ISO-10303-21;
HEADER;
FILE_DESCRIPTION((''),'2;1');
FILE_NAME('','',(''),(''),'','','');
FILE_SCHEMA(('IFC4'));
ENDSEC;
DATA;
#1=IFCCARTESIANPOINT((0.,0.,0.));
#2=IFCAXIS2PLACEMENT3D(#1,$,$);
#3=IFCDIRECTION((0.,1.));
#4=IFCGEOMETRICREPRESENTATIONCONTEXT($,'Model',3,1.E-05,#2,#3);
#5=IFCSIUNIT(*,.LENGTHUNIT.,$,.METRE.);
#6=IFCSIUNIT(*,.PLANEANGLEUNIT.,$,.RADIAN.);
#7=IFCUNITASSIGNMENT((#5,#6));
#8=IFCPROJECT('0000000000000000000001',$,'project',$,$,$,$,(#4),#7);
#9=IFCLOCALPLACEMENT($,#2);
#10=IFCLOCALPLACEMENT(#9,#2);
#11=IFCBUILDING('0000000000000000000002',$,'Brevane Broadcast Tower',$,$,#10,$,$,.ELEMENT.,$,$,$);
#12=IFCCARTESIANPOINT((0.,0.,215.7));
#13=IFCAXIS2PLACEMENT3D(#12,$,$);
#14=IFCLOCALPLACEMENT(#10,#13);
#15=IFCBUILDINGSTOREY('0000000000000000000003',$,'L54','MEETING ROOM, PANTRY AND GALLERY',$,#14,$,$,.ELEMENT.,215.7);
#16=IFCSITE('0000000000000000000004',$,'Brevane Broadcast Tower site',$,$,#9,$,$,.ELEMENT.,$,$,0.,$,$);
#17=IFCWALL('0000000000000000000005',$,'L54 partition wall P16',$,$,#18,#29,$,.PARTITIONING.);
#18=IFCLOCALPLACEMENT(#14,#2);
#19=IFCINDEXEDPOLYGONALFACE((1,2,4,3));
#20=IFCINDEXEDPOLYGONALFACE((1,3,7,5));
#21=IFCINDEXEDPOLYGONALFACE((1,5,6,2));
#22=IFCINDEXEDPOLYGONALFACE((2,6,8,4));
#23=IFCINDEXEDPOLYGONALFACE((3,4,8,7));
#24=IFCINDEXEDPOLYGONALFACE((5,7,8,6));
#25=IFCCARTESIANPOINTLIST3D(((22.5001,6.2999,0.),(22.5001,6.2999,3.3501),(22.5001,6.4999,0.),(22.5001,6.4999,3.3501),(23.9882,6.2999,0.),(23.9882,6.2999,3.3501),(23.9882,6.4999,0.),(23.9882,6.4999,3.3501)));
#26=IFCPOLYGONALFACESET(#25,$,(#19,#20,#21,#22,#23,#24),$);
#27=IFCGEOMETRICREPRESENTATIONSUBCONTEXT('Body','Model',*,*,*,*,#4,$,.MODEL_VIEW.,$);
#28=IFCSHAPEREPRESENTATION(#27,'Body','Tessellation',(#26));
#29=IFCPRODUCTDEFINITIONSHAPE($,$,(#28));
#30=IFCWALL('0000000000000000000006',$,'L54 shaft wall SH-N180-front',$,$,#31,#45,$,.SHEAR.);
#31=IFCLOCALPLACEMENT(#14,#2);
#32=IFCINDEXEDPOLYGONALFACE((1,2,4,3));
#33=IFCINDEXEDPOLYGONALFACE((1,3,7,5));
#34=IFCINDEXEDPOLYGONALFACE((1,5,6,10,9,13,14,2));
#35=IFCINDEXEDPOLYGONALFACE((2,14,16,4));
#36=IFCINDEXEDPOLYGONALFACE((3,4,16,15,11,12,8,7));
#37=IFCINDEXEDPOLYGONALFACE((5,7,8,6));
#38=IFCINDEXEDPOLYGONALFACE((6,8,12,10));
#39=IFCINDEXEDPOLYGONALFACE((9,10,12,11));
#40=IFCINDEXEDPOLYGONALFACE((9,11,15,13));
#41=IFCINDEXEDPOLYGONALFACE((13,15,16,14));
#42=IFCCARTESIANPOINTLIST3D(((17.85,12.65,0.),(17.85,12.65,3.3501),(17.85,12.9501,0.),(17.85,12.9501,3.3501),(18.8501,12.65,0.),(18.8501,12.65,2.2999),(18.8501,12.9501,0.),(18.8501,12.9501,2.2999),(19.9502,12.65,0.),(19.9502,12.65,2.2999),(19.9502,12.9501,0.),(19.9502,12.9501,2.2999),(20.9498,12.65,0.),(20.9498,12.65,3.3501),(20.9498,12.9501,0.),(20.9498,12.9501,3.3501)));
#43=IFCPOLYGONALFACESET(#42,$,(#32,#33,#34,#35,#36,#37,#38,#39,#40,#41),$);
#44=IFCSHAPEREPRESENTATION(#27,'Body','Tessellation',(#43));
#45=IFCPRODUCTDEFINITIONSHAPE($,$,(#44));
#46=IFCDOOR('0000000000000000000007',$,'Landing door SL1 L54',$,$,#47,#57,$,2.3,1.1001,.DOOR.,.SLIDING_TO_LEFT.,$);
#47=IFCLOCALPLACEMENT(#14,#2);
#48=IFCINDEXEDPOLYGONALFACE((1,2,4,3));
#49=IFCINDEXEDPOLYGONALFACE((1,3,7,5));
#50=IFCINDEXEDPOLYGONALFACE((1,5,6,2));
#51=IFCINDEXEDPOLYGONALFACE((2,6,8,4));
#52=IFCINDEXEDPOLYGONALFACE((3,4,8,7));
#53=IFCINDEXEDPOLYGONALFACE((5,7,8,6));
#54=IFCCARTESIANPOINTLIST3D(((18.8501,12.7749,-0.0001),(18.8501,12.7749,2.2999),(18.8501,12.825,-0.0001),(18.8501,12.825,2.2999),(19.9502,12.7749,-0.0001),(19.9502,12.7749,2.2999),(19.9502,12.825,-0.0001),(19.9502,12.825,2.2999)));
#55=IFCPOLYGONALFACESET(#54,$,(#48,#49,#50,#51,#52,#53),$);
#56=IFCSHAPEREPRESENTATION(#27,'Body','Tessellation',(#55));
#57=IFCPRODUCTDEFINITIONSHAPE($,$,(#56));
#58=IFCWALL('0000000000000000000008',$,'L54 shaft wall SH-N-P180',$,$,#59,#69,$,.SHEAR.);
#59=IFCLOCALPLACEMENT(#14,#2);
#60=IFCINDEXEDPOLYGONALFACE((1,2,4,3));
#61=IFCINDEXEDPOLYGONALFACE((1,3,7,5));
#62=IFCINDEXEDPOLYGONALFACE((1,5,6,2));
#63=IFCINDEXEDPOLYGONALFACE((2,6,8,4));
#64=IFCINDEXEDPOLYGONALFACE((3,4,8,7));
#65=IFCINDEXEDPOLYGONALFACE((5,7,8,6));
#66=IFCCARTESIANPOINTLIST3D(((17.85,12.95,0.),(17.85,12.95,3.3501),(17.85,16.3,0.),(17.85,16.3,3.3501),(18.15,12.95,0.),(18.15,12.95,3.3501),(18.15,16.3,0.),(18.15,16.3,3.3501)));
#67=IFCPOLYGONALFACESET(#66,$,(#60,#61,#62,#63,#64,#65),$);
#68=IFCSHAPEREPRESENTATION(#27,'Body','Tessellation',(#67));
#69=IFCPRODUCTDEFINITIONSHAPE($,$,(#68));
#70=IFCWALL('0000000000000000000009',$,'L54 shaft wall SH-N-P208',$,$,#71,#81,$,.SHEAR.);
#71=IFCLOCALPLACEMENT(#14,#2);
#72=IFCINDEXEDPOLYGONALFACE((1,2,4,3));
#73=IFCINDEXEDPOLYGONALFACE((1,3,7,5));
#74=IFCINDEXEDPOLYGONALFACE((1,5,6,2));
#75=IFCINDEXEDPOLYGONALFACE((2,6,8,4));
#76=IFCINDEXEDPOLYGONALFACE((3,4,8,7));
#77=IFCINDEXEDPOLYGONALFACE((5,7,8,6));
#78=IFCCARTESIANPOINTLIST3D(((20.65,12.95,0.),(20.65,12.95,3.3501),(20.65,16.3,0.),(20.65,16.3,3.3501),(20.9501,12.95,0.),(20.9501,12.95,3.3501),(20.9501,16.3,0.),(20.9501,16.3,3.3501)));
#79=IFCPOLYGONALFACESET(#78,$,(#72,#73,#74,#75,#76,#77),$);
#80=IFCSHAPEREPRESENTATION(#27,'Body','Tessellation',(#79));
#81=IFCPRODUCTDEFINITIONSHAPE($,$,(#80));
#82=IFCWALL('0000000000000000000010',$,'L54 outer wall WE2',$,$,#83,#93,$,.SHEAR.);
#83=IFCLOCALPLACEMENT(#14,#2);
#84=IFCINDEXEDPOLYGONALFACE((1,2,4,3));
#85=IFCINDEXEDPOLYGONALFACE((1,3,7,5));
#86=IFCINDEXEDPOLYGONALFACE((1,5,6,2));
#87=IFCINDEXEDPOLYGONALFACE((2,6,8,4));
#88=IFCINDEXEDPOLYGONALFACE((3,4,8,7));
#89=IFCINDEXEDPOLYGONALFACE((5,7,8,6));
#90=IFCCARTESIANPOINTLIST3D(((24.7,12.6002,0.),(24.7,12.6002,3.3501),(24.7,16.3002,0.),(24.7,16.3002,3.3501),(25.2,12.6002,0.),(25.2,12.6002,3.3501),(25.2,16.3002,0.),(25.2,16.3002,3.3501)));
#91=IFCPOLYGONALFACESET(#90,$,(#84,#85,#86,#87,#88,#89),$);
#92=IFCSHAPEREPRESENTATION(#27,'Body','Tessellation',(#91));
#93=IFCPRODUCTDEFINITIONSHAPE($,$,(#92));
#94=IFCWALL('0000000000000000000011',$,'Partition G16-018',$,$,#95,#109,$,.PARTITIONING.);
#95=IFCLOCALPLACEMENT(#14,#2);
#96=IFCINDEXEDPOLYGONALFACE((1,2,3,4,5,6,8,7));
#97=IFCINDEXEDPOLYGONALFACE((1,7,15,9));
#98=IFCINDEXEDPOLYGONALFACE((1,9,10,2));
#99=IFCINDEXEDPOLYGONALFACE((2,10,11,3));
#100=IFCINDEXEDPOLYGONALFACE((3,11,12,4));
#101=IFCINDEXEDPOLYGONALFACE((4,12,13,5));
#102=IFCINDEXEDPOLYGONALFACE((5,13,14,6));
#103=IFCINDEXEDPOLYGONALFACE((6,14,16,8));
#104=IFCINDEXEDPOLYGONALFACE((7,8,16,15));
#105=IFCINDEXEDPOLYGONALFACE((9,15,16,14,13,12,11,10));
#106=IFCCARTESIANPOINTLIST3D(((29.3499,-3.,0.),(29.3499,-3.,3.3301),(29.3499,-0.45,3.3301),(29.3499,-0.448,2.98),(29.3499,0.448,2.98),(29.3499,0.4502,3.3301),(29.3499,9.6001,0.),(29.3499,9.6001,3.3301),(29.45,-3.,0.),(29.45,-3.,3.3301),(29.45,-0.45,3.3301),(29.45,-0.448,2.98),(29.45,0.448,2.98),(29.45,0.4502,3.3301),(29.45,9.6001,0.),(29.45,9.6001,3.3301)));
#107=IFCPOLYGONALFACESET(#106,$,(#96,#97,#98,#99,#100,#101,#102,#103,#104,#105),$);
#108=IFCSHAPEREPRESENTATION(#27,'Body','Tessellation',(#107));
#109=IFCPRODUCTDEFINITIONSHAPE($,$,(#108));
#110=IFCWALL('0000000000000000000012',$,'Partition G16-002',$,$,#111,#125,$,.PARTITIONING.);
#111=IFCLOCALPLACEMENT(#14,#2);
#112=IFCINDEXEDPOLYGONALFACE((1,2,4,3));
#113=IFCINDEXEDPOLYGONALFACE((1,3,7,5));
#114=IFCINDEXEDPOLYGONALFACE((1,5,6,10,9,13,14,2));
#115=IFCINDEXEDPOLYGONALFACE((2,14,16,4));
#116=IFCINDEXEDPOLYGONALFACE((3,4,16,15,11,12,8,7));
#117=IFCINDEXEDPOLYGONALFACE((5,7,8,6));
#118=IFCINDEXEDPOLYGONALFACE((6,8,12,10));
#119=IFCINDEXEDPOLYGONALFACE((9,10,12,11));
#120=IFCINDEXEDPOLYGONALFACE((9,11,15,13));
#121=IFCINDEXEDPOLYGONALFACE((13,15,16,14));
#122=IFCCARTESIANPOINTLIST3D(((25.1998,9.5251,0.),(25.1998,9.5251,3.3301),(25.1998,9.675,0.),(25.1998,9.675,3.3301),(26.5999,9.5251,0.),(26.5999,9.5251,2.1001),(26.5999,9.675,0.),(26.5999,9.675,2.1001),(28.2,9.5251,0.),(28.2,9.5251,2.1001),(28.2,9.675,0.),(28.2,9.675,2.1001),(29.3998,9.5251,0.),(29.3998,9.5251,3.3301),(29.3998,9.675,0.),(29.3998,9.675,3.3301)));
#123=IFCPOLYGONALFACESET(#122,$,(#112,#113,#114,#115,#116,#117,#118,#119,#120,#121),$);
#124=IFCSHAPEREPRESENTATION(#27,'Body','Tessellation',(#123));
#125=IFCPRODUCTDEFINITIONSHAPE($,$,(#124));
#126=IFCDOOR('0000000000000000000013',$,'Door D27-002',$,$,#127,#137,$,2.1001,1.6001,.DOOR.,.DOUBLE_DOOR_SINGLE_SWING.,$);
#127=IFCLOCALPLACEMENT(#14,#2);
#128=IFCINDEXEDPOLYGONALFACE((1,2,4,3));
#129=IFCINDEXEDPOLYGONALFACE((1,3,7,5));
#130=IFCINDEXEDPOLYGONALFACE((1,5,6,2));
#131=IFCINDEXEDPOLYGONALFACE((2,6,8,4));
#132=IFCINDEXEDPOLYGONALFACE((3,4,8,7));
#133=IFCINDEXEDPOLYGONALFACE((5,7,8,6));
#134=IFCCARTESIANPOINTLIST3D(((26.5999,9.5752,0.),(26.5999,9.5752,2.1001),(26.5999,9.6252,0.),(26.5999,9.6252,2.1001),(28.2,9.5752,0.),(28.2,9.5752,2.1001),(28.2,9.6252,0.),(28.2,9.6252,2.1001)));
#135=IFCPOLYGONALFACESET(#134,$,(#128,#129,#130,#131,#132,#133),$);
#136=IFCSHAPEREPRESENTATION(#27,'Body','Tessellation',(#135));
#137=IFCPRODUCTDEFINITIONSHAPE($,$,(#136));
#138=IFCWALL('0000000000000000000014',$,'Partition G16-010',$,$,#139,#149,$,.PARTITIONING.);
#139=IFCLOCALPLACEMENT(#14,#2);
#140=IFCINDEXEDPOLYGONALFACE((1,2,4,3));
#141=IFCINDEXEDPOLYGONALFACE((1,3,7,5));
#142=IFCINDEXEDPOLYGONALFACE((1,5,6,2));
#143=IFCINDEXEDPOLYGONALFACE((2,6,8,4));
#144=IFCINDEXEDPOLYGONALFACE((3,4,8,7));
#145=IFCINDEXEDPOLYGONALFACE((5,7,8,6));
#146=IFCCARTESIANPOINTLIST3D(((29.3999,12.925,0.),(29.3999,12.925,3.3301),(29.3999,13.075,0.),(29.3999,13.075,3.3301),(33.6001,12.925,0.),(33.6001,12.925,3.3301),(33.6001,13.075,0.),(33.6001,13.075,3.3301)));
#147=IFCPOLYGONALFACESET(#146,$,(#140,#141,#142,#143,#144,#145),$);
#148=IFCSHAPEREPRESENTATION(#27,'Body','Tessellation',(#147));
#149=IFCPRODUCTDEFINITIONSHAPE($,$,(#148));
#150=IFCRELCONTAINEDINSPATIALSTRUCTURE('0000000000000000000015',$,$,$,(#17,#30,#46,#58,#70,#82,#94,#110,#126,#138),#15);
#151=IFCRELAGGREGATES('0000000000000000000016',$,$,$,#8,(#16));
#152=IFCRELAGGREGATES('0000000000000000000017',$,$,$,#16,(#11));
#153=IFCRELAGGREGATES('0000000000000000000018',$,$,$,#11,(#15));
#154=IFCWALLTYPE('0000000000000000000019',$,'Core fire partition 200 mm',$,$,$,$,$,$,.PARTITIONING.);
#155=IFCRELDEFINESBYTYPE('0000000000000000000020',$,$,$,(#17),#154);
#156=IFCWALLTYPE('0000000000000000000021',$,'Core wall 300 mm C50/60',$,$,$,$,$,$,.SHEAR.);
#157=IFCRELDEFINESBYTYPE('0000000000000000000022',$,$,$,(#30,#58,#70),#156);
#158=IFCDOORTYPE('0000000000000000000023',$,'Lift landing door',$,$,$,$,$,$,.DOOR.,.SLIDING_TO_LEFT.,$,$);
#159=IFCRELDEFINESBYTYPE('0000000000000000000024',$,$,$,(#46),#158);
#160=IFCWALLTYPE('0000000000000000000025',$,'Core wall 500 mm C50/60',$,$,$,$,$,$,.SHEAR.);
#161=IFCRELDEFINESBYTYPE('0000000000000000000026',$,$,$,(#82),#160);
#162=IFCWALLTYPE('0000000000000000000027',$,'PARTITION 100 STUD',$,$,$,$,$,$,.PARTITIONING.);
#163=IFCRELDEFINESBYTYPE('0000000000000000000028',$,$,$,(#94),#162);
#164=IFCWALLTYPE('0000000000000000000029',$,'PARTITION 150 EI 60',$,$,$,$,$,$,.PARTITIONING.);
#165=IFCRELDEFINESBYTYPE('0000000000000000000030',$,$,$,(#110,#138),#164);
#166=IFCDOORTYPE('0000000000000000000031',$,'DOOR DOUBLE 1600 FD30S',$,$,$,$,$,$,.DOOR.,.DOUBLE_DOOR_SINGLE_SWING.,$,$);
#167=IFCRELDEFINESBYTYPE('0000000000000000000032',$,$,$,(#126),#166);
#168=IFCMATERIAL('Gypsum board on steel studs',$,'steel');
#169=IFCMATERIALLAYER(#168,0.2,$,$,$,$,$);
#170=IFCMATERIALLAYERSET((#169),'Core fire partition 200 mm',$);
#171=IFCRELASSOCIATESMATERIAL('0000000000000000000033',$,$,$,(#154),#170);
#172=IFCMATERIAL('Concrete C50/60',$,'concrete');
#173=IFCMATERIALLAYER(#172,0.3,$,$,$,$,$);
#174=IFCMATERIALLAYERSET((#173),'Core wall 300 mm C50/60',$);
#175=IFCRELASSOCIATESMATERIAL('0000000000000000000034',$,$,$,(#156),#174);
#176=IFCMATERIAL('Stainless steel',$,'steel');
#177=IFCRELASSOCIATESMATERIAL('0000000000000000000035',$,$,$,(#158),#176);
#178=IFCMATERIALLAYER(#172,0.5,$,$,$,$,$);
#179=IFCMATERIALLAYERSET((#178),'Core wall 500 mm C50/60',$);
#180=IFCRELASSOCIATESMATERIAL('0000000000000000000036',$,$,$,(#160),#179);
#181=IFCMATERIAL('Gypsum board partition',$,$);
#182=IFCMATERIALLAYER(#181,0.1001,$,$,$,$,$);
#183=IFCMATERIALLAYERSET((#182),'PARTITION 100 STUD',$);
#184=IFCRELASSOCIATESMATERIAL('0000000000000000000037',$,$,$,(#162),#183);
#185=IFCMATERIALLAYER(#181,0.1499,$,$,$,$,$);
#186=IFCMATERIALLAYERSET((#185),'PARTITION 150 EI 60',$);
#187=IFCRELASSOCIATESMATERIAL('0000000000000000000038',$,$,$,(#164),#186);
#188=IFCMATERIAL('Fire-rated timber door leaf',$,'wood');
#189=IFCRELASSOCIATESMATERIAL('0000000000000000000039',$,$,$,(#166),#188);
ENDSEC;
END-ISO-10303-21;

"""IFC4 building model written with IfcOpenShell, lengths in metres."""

from ifc_helpers import new_model, si_unit, direction, frame, frame_2d, origin, place, context, subcontext, project, spatial, polyline, rectangle, outline, extrude, material, layer, layer_set, type_object, element, fill, save


model = new_model("IFC4")

# Units and contexts
model_context = context("Model", 3, precision=1e-05, world=origin(), true_north=direction((0.0, 1.0)))
body_context = subcontext(model_context, "Body", "Model", "MODEL_VIEW")
ifc_project = project(units=[si_unit("LENGTHUNIT", "METRE"), si_unit("PLANEANGLEUNIT", "RADIAN")], contexts=[model_context])

# Site, building, storey
site_placement = place(None, origin())
site = spatial("IfcSite", under=ifc_project, at=site_placement, Name="Brevane Broadcast Tower site", CompositionType="ELEMENT", RefElevation=0.0)
building_placement = place(site_placement, origin())
building = spatial("IfcBuilding", under=site, at=building_placement, Name="Brevane Broadcast Tower", CompositionType="ELEMENT")
storey_placement = place(building_placement, frame((0.0, 0.0, 215.7)))
storey = spatial("IfcBuildingStorey", under=building, at=storey_placement, Name="L54", Description="MEETING ROOM, PANTRY AND GALLERY", CompositionType="ELEMENT", Elevation=215.7)

# Shared definitions
ifc_material_1 = material(Name="Gypsum board on steel studs", Category="steel")

# Shared definitions
ifc_layer_1 = layer(ifc_material_1, 0.2)
ifc_layer_set_1 = layer_set([ifc_layer_1], Name="Core fire partition 200 mm")
wall_type_1 = type_object("IfcWallType", Name="Core fire partition 200 mm", PredefinedType="PARTITIONING", material=ifc_layer_set_1)

# Wall
wall_1_placement = place(storey_placement, frame((22.5, 6.3999, 0.0), z_axis=(0.0, 0.0, 1.0), x_axis=(1.0, 0.0, 0.0)))
element("IfcWall", 1, at=wall_1_placement, inside=storey, type_object=wall_type_1, Name="L54 partition wall P16", PredefinedType="PARTITIONING", context=body_context, shape_type="SweptSolid", body=[
    extrude(rectangle(XDim=1.488, YDim=0.2, at=frame_2d((0.7441, 0.0))), origin(), (0.0, 0.0, 1.0), 3.3501),
])

# Wall, opening, door
ifc_material_2 = material(Name="Concrete C50/60", Category="concrete")
ifc_layer_2 = layer(ifc_material_2, 0.3)
ifc_layer_set_2 = layer_set([ifc_layer_2], Name="Core wall 300 mm C50/60")
wall_type_2 = type_object("IfcWallType", Name="Core wall 300 mm C50/60", PredefinedType="SHEAR", material=ifc_layer_set_2)
wall_2_placement = place(storey_placement, frame((17.8501, 12.8, 0.0), z_axis=(0.0, 0.0, 1.0), x_axis=(1.0, 0.0, 0.0)))
wall_2 = element("IfcWall", 2, at=wall_2_placement, inside=storey, type_object=wall_type_2, Name="L54 shaft wall SH-N180-front", PredefinedType="SHEAR", context=body_context, shape_type="SweptSolid", body=[
    extrude(rectangle(XDim=3.0999, YDim=0.3, at=frame_2d((1.5498, 0.0))), origin(), (0.0, 0.0, 1.0), 3.3501),
])
opening_1_placement = place(wall_2_placement, frame((1.0, 0.0, 0.0)))
opening_1 = element("IfcOpeningElement", 3, at=opening_1_placement, cuts=wall_2, PredefinedType="OPENING", context=body_context, shape_type="SweptSolid", body=[
    extrude(rectangle(XDim=1.1001, YDim=2.3, at=frame_2d((0.55, 1.1499))), frame((0.0, 0.1599, 0.0), z_axis=(0.0, -1.0, 0.0), x_axis=(1.0, 0.0, 0.0)), (0.0, 0.0, 1.0), 0.3201),
])
ifc_material_3 = material(Name="Stainless steel", Category="steel")
door_type_1 = type_object("IfcDoorType", Name="Lift landing door", OperationType="SLIDING_TO_LEFT", PredefinedType="DOOR", material=ifc_material_3)
door_1_placement = place(opening_1_placement, origin())
door_1 = element("IfcDoor", 4, at=door_1_placement, inside=storey, type_object=door_type_1, Name="Landing door SL1 L54", OperationType="SLIDING_TO_LEFT", OverallHeight=2.3, OverallWidth=1.1001, PredefinedType="DOOR", context=body_context, shape_type="SweptSolid", body=[
    extrude(rectangle(XDim=1.1001, YDim=2.3, at=frame_2d((0.55, 1.1499))), frame((0.0, 0.0249, 0.0), z_axis=(0.0, -1.0, 0.0), x_axis=(1.0, 0.0, 0.0)), (0.0, 0.0, 1.0), 0.05),
])
fill(opening_1, door_1)

# Walls
for number, where, z_axis, x_axis, name in (
    (5, (18.0, 12.95, 0.0), (0.0, 0.0, 1.0), (0.0, 1.0, 0.0), "L54 shaft wall SH-N-P180"),
    (6, (20.8, 12.95, 0.0), (0.0, 0.0, 1.0), (0.0, 1.0, 0.0), "L54 shaft wall SH-N-P208"),
):
    element("IfcWall", number, at=place(storey_placement, frame(where, z_axis=z_axis, x_axis=x_axis)), inside=storey, type_object=wall_type_2, Name=name, PredefinedType="SHEAR", context=body_context, shape_type="SweptSolid", body=[
        extrude(rectangle(XDim=3.3501, YDim=0.3, at=frame_2d((1.675, 0.0))), origin(), (0.0, 0.0, 1.0), 3.3501),
    ])
ifc_layer_3 = layer(ifc_material_2, 0.5)
ifc_layer_set_3 = layer_set([ifc_layer_3], Name="Core wall 500 mm C50/60")
wall_type_3 = type_object("IfcWallType", Name="Core wall 500 mm C50/60", PredefinedType="SHEAR", material=ifc_layer_set_3)
wall_3_placement = place(storey_placement, frame((24.95, 12.6001, 0.0), z_axis=(0.0, 0.0, 1.0), x_axis=(0.0, 1.0, 0.0)))
element("IfcWall", 7, at=wall_3_placement, inside=storey, type_object=wall_type_3, Name="L54 outer wall WE2", PredefinedType="SHEAR", context=body_context, shape_type="SweptSolid", body=[
    extrude(rectangle(XDim=3.7, YDim=0.5, at=frame_2d((1.8501, 0.0))), origin(), (0.0, 0.0, 1.0), 3.3501),
])
ifc_material_4 = material(Name="Gypsum board partition")
ifc_layer_4 = layer(ifc_material_4, 0.1001)
ifc_layer_set_4 = layer_set([ifc_layer_4], Name="PARTITION 100 STUD")
wall_type_4 = type_object("IfcWallType", Name="PARTITION 100 STUD", PredefinedType="PARTITIONING", material=ifc_layer_set_4)
wall_4_placement = place(storey_placement, frame((29.3999, 9.6001, 0.0), z_axis=(0.0, 0.0, 1.0), x_axis=(0.0, -1.0, 0.0)))
element("IfcWall", 8, at=wall_4_placement, inside=storey, type_object=wall_type_4, Name="Partition G16-018", PredefinedType="PARTITIONING", context=body_context, shape_type="SweptSolid", body=[
    extrude(outline(polyline([(0.0, 0.0), (12.6001, 0.0), (12.6001, 3.3301), (10.05, 3.3301), (10.0481, 2.98), (9.1521, 2.98), (9.1499, 3.3301), (0.0, 3.3301), (0.0, 0.0)])), frame((0.0, 0.05, 0.0), z_axis=(0.0, -1.0, 0.0), x_axis=(1.0, 0.0, 0.0)), (0.0, 0.0, 1.0), 0.1001),
])

# Wall, opening, door
ifc_layer_5 = layer(ifc_material_4, 0.1499)
ifc_layer_set_5 = layer_set([ifc_layer_5], Name="PARTITION 150 EI 60")
wall_type_5 = type_object("IfcWallType", Name="PARTITION 150 EI 60", PredefinedType="PARTITIONING", material=ifc_layer_set_5)
wall_5_placement = place(storey_placement, frame((29.3999, 9.6001, 0.0), z_axis=(0.0, 0.0, 1.0), x_axis=(-1.0, 0.0, 0.0)))
wall_5 = element("IfcWall", 9, at=wall_5_placement, inside=storey, type_object=wall_type_5, Name="Partition G16-002", PredefinedType="PARTITIONING", context=body_context, shape_type="SweptSolid", body=[
    extrude(rectangle(XDim=4.2, YDim=0.1499, at=frame_2d((2.1001, 0.0))), origin(), (0.0, 0.0, 1.0), 3.3301),
])
opening_2_placement = place(wall_5_placement, frame((1.2, 0.0, 0.0)))
opening_2 = element("IfcOpeningElement", 10, at=opening_2_placement, cuts=wall_5, PredefinedType="OPENING", context=body_context, shape_type="SweptSolid", body=[
    extrude(rectangle(XDim=1.6001, YDim=2.1001, at=frame_2d((0.8, 1.05))), frame((0.0, 0.085, 0.0), z_axis=(0.0, -1.0, 0.0), x_axis=(1.0, 0.0, 0.0)), (0.0, 0.0, 1.0), 0.1699),
])
ifc_material_5 = material(Name="Fire-rated timber door leaf", Category="wood")
door_type_2 = type_object("IfcDoorType", Name="DOOR DOUBLE 1600 FD30S", OperationType="DOUBLE_DOOR_SINGLE_SWING", PredefinedType="DOOR", material=ifc_material_5)
door_2_placement = place(opening_2_placement, origin())
door_2 = element("IfcDoor", 11, at=door_2_placement, inside=storey, type_object=door_type_2, Name="Door D27-002", OperationType="DOUBLE_DOOR_SINGLE_SWING", OverallHeight=2.1001, OverallWidth=1.6001, PredefinedType="DOOR", context=body_context, shape_type="SweptSolid", body=[
    extrude(rectangle(XDim=1.6001, YDim=2.1001, at=frame_2d((0.8, 1.05))), frame((0.0, 0.0249, 0.0), z_axis=(0.0, -1.0, 0.0), x_axis=(1.0, 0.0, 0.0)), (0.0, 0.0, 1.0), 0.05),
])
fill(opening_2, door_2)

# Wall
wall_6_placement = place(storey_placement, frame((29.3999, 13.0, 0.0), z_axis=(0.0, 0.0, 1.0), x_axis=(1.0, 0.0, 0.0)))
element("IfcWall", 12, at=wall_6_placement, inside=storey, type_object=wall_type_5, Name="Partition G16-010", PredefinedType="PARTITIONING", context=body_context, shape_type="SweptSolid", body=[
    extrude(rectangle(XDim=4.2002, YDim=0.1499, at=frame_2d((2.1001, 0.0))), origin(), (0.0, 0.0, 1.0), 3.3301),
])

save(model, "model.ifc")
